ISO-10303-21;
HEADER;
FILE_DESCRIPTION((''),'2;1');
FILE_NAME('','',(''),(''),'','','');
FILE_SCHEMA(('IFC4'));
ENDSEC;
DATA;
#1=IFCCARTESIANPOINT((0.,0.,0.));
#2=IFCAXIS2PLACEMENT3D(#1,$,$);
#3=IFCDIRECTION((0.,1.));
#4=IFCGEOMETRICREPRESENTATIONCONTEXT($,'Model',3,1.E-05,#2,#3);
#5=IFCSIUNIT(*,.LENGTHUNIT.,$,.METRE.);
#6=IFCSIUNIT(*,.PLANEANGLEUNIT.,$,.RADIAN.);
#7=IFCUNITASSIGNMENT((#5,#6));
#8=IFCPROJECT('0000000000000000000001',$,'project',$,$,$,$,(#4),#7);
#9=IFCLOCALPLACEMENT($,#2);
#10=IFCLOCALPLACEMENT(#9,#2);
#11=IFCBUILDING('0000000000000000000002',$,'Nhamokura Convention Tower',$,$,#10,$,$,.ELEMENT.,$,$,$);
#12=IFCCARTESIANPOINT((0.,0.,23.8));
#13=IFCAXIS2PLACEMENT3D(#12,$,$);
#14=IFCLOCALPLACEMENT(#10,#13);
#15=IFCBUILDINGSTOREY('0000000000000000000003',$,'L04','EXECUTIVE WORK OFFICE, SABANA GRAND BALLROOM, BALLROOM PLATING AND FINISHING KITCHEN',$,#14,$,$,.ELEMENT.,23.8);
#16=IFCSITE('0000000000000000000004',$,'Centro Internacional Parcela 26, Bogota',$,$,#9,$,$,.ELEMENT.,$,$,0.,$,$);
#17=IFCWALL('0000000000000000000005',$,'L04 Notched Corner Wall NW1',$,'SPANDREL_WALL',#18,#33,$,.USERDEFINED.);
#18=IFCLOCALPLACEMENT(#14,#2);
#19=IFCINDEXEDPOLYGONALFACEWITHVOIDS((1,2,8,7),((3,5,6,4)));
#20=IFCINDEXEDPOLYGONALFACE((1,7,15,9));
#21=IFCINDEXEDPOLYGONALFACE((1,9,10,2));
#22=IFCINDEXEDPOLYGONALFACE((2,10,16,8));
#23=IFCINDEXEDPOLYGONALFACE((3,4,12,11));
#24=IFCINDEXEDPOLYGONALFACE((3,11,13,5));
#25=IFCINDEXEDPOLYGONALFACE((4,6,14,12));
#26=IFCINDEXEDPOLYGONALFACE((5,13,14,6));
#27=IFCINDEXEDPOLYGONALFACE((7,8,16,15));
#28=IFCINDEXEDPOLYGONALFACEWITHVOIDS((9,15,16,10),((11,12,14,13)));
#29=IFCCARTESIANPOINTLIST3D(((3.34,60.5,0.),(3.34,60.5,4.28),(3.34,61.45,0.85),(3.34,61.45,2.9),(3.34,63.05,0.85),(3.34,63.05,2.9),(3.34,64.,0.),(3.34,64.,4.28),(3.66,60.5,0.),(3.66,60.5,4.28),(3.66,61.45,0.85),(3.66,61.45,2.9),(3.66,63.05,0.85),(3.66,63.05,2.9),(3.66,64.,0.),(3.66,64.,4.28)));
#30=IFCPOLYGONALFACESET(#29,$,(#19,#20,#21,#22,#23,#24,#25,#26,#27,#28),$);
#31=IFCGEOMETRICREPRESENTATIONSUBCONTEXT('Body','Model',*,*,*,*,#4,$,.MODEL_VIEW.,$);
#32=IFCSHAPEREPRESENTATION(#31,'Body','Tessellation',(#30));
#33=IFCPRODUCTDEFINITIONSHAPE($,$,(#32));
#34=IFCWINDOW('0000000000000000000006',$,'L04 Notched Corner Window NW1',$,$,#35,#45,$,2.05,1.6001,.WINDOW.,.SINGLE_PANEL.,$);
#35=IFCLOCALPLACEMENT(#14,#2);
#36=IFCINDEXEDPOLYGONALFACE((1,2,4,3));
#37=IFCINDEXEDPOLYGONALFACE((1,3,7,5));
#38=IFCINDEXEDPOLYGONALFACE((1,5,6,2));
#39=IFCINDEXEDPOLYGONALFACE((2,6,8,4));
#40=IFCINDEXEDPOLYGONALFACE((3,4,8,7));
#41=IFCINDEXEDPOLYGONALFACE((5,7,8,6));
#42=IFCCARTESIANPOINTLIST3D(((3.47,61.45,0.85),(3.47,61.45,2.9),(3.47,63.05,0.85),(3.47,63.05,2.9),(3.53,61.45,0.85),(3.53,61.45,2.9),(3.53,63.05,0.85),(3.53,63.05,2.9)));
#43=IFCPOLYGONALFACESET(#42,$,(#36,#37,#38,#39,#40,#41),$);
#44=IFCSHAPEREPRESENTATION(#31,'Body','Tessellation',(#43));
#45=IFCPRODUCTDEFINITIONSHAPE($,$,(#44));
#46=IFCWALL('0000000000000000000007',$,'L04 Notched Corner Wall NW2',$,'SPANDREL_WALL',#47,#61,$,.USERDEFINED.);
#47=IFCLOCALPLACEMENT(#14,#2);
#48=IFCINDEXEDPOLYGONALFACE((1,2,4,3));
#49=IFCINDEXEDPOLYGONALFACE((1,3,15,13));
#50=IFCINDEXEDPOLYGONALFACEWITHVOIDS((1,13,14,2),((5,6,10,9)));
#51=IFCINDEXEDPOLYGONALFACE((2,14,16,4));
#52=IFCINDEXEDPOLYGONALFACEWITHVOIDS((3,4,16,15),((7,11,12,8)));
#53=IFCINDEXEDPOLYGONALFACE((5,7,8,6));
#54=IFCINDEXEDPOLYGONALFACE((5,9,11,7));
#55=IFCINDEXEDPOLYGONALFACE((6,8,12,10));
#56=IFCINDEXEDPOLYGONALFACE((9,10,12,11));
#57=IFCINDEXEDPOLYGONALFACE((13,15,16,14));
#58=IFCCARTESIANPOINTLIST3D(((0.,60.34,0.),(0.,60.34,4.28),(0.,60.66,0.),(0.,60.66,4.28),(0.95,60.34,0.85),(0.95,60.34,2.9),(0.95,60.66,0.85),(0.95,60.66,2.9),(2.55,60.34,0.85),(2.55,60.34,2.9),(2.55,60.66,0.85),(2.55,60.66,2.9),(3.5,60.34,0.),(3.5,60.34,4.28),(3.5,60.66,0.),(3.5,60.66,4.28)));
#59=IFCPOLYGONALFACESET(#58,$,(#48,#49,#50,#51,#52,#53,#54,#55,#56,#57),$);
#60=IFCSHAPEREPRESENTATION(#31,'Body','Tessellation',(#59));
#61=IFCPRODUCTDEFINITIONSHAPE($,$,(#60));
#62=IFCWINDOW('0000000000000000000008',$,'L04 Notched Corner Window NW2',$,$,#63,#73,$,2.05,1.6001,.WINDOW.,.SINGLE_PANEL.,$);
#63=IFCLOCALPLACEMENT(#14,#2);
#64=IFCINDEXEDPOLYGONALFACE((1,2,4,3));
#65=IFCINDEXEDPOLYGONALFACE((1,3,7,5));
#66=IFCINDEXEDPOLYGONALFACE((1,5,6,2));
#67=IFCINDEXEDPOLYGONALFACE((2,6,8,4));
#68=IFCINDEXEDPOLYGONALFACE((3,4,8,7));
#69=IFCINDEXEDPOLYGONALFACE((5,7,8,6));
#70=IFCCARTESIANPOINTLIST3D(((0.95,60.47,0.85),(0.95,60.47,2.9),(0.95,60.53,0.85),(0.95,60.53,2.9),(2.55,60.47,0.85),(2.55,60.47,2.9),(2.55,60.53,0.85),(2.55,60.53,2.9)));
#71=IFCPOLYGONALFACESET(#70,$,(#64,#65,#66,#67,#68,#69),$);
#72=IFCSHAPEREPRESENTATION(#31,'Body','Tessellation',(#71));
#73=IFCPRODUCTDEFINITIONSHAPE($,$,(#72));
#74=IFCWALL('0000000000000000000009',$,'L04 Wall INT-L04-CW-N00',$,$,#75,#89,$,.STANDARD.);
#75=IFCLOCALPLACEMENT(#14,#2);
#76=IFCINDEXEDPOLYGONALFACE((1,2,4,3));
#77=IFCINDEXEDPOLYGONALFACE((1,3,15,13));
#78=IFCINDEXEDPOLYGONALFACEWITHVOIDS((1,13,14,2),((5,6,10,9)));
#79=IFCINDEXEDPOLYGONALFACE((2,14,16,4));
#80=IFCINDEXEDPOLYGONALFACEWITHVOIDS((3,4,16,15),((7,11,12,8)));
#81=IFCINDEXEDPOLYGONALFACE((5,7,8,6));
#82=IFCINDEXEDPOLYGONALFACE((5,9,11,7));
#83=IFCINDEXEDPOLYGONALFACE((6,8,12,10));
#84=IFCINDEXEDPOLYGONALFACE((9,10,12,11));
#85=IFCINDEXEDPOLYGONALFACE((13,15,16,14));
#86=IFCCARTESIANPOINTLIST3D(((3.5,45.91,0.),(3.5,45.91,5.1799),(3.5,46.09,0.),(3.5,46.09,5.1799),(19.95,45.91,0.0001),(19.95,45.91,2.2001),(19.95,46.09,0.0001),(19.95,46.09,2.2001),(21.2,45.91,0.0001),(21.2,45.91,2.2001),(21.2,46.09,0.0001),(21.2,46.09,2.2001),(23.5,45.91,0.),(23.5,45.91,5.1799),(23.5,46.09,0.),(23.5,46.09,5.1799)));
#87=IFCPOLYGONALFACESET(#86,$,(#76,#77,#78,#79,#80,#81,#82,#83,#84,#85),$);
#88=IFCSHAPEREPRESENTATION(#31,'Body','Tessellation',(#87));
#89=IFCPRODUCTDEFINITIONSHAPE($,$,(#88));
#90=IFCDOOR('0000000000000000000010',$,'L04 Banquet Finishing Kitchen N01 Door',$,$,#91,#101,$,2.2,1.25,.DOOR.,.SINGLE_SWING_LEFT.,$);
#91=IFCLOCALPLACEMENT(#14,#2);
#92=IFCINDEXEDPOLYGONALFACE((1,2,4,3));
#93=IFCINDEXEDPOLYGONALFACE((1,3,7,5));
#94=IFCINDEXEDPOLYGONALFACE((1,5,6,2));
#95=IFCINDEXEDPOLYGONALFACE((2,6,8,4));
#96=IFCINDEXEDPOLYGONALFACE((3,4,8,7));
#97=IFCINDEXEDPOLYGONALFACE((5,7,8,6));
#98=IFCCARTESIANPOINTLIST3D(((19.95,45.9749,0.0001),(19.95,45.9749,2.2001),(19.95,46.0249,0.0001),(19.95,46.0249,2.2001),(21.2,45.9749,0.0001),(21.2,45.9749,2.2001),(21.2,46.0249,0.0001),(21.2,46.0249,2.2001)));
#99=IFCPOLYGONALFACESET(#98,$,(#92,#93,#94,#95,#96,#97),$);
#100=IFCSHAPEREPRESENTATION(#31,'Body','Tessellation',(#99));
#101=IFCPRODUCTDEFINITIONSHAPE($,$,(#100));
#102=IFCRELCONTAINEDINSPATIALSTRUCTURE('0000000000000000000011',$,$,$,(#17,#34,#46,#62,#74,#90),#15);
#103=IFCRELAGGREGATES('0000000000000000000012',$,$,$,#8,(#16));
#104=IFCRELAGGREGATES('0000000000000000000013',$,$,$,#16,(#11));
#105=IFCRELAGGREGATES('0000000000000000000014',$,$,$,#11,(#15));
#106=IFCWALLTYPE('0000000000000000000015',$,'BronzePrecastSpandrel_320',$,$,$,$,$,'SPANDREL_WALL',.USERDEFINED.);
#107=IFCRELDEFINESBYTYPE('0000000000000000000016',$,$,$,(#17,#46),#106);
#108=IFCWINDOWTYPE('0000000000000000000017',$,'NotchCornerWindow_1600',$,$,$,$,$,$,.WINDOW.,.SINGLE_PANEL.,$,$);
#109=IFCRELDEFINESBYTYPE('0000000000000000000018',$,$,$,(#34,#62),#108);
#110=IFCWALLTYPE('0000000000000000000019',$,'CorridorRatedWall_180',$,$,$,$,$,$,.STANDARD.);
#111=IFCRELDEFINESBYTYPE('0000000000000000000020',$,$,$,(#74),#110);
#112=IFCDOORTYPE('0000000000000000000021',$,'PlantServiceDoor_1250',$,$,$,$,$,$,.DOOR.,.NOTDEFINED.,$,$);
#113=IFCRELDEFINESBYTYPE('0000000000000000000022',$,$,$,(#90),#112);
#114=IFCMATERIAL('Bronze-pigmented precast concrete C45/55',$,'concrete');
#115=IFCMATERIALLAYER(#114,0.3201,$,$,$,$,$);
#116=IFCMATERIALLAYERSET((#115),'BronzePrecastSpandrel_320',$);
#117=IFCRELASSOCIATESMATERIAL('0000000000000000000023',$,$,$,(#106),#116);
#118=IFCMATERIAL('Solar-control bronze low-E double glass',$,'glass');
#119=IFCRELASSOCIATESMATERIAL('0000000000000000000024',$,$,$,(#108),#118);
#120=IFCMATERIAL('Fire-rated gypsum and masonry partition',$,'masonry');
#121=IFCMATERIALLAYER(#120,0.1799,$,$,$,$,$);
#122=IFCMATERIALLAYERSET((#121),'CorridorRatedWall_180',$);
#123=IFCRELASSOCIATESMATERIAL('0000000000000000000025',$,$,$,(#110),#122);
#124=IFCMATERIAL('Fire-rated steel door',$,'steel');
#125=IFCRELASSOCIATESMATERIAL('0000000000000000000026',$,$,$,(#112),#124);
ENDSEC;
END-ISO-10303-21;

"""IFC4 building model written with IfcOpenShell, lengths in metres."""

from ifc_helpers import new_model, si_unit, direction, frame, frame_2d, origin, place, context, subcontext, project, spatial, rectangle, extrude, material, layer, layer_set, type_object, element, fill, save


model = new_model("IFC4")

# Units and contexts
model_context = context("Model", 3, precision=1e-05, world=origin(), true_north=direction((0.0, 1.0)))
body_context = subcontext(model_context, "Body", "Model", "MODEL_VIEW")
ifc_project = project(units=[si_unit("LENGTHUNIT", "METRE"), si_unit("PLANEANGLEUNIT", "RADIAN")], contexts=[model_context])

# Site, building, storey
site_placement = place(None, origin())
site = spatial("IfcSite", under=ifc_project, at=site_placement, Name="Centro Internacional Parcela 26, Bogota", CompositionType="ELEMENT", RefElevation=0.0)
building_placement = place(site_placement, origin())
building = spatial("IfcBuilding", under=site, at=building_placement, Name="Nhamokura Convention Tower", CompositionType="ELEMENT")
storey_placement = place(building_placement, frame((0.0, 0.0, 23.8)))
storey = spatial("IfcBuildingStorey", under=building, at=storey_placement, Name="L04", Description="EXECUTIVE WORK OFFICE, SABANA GRAND BALLROOM, BALLROOM PLATING AND FINISHING KITCHEN", CompositionType="ELEMENT", Elevation=23.8)

# Shared definitions
ifc_material_1 = material(Name="Bronze-pigmented precast concrete C45/55", Category="concrete")
ifc_layer_1 = layer(ifc_material_1, 0.3201)
ifc_layer_set_1 = layer_set([ifc_layer_1], Name="BronzePrecastSpandrel_320")
wall_type_1 = type_object("IfcWallType", Name="BronzePrecastSpandrel_320", ElementType="SPANDREL_WALL", PredefinedType="USERDEFINED", material=ifc_layer_set_1)

# Walls, openings, windows
wall_1_placement = place(storey_placement, frame((3.5, 60.5, 0.0), z_axis=(0.0, 0.0, 1.0), x_axis=(0.0, 1.0, 0.0)))
wall_1 = element("IfcWall", 1, at=wall_1_placement, inside=storey, type_object=wall_type_1, Name="L04 Notched Corner Wall NW1", ObjectType="SPANDREL_WALL", PredefinedType="USERDEFINED", context=body_context, shape_type="SweptSolid", body=[
    extrude(rectangle(XDim=3.5, YDim=0.3201, at=frame_2d((1.75, 0.0))), origin(), (0.0, 0.0, 1.0), 4.28),
])
opening_1_placement = place(wall_1_placement, frame((0.95, 0.0, 0.8501)))
opening_1 = element("IfcOpeningElement", 2, at=opening_1_placement, cuts=wall_1, PredefinedType="OPENING", context=body_context, shape_type="SweptSolid", body=[
    extrude(rectangle(XDim=1.6001, YDim=2.05, at=frame_2d((0.8, 1.0249))), frame((0.0, 0.1699, 0.0), z_axis=(0.0, -1.0, 0.0), x_axis=(1.0, 0.0, 0.0)), (0.0, 0.0, 1.0), 0.3401),
])
ifc_material_2 = material(Name="Solar-control bronze low-E double glass", Category="glass")
window_type = type_object("IfcWindowType", Name="NotchCornerWindow_1600", PartitioningType="SINGLE_PANEL", PredefinedType="WINDOW", material=ifc_material_2)
window_1_placement = place(opening_1_placement, origin())
window_1 = element("IfcWindow", 3, at=window_1_placement, inside=storey, type_object=window_type, Name="L04 Notched Corner Window NW1", OverallHeight=2.05, OverallWidth=1.6001, PartitioningType="SINGLE_PANEL", PredefinedType="WINDOW", context=body_context, shape_type="SweptSolid", body=[
    extrude(rectangle(XDim=1.6001, YDim=2.05, at=frame_2d((0.8, 1.0249))), frame((0.0, 0.03, 0.0), z_axis=(0.0, -1.0, 0.0), x_axis=(1.0, 0.0, 0.0)), (0.0, 0.0, 1.0), 0.0601),
])
fill(opening_1, window_1)
wall_2_placement = place(storey_placement, frame((0.0, 60.5, 0.0), z_axis=(0.0, 0.0, 1.0), x_axis=(1.0, 0.0, 0.0)))
wall_2 = element("IfcWall", 4, at=wall_2_placement, inside=storey, type_object=wall_type_1, Name="L04 Notched Corner Wall NW2", ObjectType="SPANDREL_WALL", PredefinedType="USERDEFINED", context=body_context, shape_type="SweptSolid", body=[
    extrude(rectangle(XDim=3.5, YDim=0.3201, at=frame_2d((1.75, 0.0))), origin(), (0.0, 0.0, 1.0), 4.28),
])
opening_2_placement = place(wall_2_placement, frame((0.95, 0.0, 0.8501)))
opening_2 = element("IfcOpeningElement", 5, at=opening_2_placement, cuts=wall_2, PredefinedType="OPENING", context=body_context, shape_type="SweptSolid", body=[
    extrude(rectangle(XDim=1.6001, YDim=2.05, at=frame_2d((0.8, 1.0249))), frame((0.0, 0.1699, 0.0), z_axis=(0.0, -1.0, 0.0), x_axis=(1.0, 0.0, 0.0)), (0.0, 0.0, 1.0), 0.3401),
])
window_2_placement = place(opening_2_placement, origin())
window_2 = element("IfcWindow", 6, at=window_2_placement, inside=storey, type_object=window_type, Name="L04 Notched Corner Window NW2", OverallHeight=2.05, OverallWidth=1.6001, PartitioningType="SINGLE_PANEL", PredefinedType="WINDOW", context=body_context, shape_type="SweptSolid", body=[
    extrude(rectangle(XDim=1.6001, YDim=2.05, at=frame_2d((0.8, 1.0249))), frame((0.0, 0.03, 0.0), z_axis=(0.0, -1.0, 0.0), x_axis=(1.0, 0.0, 0.0)), (0.0, 0.0, 1.0), 0.0601),
])
fill(opening_2, window_2)

# Wall, opening, door
ifc_material_3 = material(Name="Fire-rated gypsum and masonry partition", Category="masonry")
ifc_layer_2 = layer(ifc_material_3, 0.1799)
ifc_layer_set_2 = layer_set([ifc_layer_2], Name="CorridorRatedWall_180")
wall_type_2 = type_object("IfcWallType", Name="CorridorRatedWall_180", PredefinedType="STANDARD", material=ifc_layer_set_2)
wall_3_placement = place(storey_placement, frame((3.5, 46.0, 0.0), z_axis=(0.0, 0.0, 1.0), x_axis=(1.0, 0.0, 0.0)))
wall_3 = element("IfcWall", 7, at=wall_3_placement, inside=storey, type_object=wall_type_2, Name="L04 Wall INT-L04-CW-N00", PredefinedType="STANDARD", context=body_context, shape_type="SweptSolid", body=[
    extrude(rectangle(XDim=20.0, YDim=0.1799, at=frame_2d((10.0, 0.0))), origin(), (0.0, 0.0, 1.0), 5.1799),
])
opening_3_placement = place(wall_3_placement, frame((16.45, 0.0, 0.0)))
opening_3 = element("IfcOpeningElement", 8, at=opening_3_placement, cuts=wall_3, PredefinedType="OPENING", context=body_context, shape_type="SweptSolid", body=[
    extrude(rectangle(XDim=1.25, YDim=2.2, at=frame_2d((0.625, 1.1001))), frame((0.0, 0.0999, 0.0), z_axis=(0.0, -1.0, 0.0), x_axis=(1.0, 0.0, 0.0)), (0.0, 0.0, 1.0), 0.2),
])
ifc_material_4 = material(Name="Fire-rated steel door", Category="steel")
door_type = type_object("IfcDoorType", Name="PlantServiceDoor_1250", OperationType="NOTDEFINED", PredefinedType="DOOR", material=ifc_material_4)
door_placement = place(opening_3_placement, origin())
door = element("IfcDoor", 9, at=door_placement, inside=storey, type_object=door_type, Name="L04 Banquet Finishing Kitchen N01 Door", OperationType="SINGLE_SWING_LEFT", OverallHeight=2.2, OverallWidth=1.25, PredefinedType="DOOR", context=body_context, shape_type="SweptSolid", body=[
    extrude(rectangle(XDim=1.25, YDim=2.2, at=frame_2d((0.625, 1.1001))), frame((0.0, 0.0249, 0.0), z_axis=(0.0, -1.0, 0.0), x_axis=(1.0, 0.0, 0.0)), (0.0, 0.0, 1.0), 0.05),
])
fill(opening_3, door)

save(model, "model.ifc")
